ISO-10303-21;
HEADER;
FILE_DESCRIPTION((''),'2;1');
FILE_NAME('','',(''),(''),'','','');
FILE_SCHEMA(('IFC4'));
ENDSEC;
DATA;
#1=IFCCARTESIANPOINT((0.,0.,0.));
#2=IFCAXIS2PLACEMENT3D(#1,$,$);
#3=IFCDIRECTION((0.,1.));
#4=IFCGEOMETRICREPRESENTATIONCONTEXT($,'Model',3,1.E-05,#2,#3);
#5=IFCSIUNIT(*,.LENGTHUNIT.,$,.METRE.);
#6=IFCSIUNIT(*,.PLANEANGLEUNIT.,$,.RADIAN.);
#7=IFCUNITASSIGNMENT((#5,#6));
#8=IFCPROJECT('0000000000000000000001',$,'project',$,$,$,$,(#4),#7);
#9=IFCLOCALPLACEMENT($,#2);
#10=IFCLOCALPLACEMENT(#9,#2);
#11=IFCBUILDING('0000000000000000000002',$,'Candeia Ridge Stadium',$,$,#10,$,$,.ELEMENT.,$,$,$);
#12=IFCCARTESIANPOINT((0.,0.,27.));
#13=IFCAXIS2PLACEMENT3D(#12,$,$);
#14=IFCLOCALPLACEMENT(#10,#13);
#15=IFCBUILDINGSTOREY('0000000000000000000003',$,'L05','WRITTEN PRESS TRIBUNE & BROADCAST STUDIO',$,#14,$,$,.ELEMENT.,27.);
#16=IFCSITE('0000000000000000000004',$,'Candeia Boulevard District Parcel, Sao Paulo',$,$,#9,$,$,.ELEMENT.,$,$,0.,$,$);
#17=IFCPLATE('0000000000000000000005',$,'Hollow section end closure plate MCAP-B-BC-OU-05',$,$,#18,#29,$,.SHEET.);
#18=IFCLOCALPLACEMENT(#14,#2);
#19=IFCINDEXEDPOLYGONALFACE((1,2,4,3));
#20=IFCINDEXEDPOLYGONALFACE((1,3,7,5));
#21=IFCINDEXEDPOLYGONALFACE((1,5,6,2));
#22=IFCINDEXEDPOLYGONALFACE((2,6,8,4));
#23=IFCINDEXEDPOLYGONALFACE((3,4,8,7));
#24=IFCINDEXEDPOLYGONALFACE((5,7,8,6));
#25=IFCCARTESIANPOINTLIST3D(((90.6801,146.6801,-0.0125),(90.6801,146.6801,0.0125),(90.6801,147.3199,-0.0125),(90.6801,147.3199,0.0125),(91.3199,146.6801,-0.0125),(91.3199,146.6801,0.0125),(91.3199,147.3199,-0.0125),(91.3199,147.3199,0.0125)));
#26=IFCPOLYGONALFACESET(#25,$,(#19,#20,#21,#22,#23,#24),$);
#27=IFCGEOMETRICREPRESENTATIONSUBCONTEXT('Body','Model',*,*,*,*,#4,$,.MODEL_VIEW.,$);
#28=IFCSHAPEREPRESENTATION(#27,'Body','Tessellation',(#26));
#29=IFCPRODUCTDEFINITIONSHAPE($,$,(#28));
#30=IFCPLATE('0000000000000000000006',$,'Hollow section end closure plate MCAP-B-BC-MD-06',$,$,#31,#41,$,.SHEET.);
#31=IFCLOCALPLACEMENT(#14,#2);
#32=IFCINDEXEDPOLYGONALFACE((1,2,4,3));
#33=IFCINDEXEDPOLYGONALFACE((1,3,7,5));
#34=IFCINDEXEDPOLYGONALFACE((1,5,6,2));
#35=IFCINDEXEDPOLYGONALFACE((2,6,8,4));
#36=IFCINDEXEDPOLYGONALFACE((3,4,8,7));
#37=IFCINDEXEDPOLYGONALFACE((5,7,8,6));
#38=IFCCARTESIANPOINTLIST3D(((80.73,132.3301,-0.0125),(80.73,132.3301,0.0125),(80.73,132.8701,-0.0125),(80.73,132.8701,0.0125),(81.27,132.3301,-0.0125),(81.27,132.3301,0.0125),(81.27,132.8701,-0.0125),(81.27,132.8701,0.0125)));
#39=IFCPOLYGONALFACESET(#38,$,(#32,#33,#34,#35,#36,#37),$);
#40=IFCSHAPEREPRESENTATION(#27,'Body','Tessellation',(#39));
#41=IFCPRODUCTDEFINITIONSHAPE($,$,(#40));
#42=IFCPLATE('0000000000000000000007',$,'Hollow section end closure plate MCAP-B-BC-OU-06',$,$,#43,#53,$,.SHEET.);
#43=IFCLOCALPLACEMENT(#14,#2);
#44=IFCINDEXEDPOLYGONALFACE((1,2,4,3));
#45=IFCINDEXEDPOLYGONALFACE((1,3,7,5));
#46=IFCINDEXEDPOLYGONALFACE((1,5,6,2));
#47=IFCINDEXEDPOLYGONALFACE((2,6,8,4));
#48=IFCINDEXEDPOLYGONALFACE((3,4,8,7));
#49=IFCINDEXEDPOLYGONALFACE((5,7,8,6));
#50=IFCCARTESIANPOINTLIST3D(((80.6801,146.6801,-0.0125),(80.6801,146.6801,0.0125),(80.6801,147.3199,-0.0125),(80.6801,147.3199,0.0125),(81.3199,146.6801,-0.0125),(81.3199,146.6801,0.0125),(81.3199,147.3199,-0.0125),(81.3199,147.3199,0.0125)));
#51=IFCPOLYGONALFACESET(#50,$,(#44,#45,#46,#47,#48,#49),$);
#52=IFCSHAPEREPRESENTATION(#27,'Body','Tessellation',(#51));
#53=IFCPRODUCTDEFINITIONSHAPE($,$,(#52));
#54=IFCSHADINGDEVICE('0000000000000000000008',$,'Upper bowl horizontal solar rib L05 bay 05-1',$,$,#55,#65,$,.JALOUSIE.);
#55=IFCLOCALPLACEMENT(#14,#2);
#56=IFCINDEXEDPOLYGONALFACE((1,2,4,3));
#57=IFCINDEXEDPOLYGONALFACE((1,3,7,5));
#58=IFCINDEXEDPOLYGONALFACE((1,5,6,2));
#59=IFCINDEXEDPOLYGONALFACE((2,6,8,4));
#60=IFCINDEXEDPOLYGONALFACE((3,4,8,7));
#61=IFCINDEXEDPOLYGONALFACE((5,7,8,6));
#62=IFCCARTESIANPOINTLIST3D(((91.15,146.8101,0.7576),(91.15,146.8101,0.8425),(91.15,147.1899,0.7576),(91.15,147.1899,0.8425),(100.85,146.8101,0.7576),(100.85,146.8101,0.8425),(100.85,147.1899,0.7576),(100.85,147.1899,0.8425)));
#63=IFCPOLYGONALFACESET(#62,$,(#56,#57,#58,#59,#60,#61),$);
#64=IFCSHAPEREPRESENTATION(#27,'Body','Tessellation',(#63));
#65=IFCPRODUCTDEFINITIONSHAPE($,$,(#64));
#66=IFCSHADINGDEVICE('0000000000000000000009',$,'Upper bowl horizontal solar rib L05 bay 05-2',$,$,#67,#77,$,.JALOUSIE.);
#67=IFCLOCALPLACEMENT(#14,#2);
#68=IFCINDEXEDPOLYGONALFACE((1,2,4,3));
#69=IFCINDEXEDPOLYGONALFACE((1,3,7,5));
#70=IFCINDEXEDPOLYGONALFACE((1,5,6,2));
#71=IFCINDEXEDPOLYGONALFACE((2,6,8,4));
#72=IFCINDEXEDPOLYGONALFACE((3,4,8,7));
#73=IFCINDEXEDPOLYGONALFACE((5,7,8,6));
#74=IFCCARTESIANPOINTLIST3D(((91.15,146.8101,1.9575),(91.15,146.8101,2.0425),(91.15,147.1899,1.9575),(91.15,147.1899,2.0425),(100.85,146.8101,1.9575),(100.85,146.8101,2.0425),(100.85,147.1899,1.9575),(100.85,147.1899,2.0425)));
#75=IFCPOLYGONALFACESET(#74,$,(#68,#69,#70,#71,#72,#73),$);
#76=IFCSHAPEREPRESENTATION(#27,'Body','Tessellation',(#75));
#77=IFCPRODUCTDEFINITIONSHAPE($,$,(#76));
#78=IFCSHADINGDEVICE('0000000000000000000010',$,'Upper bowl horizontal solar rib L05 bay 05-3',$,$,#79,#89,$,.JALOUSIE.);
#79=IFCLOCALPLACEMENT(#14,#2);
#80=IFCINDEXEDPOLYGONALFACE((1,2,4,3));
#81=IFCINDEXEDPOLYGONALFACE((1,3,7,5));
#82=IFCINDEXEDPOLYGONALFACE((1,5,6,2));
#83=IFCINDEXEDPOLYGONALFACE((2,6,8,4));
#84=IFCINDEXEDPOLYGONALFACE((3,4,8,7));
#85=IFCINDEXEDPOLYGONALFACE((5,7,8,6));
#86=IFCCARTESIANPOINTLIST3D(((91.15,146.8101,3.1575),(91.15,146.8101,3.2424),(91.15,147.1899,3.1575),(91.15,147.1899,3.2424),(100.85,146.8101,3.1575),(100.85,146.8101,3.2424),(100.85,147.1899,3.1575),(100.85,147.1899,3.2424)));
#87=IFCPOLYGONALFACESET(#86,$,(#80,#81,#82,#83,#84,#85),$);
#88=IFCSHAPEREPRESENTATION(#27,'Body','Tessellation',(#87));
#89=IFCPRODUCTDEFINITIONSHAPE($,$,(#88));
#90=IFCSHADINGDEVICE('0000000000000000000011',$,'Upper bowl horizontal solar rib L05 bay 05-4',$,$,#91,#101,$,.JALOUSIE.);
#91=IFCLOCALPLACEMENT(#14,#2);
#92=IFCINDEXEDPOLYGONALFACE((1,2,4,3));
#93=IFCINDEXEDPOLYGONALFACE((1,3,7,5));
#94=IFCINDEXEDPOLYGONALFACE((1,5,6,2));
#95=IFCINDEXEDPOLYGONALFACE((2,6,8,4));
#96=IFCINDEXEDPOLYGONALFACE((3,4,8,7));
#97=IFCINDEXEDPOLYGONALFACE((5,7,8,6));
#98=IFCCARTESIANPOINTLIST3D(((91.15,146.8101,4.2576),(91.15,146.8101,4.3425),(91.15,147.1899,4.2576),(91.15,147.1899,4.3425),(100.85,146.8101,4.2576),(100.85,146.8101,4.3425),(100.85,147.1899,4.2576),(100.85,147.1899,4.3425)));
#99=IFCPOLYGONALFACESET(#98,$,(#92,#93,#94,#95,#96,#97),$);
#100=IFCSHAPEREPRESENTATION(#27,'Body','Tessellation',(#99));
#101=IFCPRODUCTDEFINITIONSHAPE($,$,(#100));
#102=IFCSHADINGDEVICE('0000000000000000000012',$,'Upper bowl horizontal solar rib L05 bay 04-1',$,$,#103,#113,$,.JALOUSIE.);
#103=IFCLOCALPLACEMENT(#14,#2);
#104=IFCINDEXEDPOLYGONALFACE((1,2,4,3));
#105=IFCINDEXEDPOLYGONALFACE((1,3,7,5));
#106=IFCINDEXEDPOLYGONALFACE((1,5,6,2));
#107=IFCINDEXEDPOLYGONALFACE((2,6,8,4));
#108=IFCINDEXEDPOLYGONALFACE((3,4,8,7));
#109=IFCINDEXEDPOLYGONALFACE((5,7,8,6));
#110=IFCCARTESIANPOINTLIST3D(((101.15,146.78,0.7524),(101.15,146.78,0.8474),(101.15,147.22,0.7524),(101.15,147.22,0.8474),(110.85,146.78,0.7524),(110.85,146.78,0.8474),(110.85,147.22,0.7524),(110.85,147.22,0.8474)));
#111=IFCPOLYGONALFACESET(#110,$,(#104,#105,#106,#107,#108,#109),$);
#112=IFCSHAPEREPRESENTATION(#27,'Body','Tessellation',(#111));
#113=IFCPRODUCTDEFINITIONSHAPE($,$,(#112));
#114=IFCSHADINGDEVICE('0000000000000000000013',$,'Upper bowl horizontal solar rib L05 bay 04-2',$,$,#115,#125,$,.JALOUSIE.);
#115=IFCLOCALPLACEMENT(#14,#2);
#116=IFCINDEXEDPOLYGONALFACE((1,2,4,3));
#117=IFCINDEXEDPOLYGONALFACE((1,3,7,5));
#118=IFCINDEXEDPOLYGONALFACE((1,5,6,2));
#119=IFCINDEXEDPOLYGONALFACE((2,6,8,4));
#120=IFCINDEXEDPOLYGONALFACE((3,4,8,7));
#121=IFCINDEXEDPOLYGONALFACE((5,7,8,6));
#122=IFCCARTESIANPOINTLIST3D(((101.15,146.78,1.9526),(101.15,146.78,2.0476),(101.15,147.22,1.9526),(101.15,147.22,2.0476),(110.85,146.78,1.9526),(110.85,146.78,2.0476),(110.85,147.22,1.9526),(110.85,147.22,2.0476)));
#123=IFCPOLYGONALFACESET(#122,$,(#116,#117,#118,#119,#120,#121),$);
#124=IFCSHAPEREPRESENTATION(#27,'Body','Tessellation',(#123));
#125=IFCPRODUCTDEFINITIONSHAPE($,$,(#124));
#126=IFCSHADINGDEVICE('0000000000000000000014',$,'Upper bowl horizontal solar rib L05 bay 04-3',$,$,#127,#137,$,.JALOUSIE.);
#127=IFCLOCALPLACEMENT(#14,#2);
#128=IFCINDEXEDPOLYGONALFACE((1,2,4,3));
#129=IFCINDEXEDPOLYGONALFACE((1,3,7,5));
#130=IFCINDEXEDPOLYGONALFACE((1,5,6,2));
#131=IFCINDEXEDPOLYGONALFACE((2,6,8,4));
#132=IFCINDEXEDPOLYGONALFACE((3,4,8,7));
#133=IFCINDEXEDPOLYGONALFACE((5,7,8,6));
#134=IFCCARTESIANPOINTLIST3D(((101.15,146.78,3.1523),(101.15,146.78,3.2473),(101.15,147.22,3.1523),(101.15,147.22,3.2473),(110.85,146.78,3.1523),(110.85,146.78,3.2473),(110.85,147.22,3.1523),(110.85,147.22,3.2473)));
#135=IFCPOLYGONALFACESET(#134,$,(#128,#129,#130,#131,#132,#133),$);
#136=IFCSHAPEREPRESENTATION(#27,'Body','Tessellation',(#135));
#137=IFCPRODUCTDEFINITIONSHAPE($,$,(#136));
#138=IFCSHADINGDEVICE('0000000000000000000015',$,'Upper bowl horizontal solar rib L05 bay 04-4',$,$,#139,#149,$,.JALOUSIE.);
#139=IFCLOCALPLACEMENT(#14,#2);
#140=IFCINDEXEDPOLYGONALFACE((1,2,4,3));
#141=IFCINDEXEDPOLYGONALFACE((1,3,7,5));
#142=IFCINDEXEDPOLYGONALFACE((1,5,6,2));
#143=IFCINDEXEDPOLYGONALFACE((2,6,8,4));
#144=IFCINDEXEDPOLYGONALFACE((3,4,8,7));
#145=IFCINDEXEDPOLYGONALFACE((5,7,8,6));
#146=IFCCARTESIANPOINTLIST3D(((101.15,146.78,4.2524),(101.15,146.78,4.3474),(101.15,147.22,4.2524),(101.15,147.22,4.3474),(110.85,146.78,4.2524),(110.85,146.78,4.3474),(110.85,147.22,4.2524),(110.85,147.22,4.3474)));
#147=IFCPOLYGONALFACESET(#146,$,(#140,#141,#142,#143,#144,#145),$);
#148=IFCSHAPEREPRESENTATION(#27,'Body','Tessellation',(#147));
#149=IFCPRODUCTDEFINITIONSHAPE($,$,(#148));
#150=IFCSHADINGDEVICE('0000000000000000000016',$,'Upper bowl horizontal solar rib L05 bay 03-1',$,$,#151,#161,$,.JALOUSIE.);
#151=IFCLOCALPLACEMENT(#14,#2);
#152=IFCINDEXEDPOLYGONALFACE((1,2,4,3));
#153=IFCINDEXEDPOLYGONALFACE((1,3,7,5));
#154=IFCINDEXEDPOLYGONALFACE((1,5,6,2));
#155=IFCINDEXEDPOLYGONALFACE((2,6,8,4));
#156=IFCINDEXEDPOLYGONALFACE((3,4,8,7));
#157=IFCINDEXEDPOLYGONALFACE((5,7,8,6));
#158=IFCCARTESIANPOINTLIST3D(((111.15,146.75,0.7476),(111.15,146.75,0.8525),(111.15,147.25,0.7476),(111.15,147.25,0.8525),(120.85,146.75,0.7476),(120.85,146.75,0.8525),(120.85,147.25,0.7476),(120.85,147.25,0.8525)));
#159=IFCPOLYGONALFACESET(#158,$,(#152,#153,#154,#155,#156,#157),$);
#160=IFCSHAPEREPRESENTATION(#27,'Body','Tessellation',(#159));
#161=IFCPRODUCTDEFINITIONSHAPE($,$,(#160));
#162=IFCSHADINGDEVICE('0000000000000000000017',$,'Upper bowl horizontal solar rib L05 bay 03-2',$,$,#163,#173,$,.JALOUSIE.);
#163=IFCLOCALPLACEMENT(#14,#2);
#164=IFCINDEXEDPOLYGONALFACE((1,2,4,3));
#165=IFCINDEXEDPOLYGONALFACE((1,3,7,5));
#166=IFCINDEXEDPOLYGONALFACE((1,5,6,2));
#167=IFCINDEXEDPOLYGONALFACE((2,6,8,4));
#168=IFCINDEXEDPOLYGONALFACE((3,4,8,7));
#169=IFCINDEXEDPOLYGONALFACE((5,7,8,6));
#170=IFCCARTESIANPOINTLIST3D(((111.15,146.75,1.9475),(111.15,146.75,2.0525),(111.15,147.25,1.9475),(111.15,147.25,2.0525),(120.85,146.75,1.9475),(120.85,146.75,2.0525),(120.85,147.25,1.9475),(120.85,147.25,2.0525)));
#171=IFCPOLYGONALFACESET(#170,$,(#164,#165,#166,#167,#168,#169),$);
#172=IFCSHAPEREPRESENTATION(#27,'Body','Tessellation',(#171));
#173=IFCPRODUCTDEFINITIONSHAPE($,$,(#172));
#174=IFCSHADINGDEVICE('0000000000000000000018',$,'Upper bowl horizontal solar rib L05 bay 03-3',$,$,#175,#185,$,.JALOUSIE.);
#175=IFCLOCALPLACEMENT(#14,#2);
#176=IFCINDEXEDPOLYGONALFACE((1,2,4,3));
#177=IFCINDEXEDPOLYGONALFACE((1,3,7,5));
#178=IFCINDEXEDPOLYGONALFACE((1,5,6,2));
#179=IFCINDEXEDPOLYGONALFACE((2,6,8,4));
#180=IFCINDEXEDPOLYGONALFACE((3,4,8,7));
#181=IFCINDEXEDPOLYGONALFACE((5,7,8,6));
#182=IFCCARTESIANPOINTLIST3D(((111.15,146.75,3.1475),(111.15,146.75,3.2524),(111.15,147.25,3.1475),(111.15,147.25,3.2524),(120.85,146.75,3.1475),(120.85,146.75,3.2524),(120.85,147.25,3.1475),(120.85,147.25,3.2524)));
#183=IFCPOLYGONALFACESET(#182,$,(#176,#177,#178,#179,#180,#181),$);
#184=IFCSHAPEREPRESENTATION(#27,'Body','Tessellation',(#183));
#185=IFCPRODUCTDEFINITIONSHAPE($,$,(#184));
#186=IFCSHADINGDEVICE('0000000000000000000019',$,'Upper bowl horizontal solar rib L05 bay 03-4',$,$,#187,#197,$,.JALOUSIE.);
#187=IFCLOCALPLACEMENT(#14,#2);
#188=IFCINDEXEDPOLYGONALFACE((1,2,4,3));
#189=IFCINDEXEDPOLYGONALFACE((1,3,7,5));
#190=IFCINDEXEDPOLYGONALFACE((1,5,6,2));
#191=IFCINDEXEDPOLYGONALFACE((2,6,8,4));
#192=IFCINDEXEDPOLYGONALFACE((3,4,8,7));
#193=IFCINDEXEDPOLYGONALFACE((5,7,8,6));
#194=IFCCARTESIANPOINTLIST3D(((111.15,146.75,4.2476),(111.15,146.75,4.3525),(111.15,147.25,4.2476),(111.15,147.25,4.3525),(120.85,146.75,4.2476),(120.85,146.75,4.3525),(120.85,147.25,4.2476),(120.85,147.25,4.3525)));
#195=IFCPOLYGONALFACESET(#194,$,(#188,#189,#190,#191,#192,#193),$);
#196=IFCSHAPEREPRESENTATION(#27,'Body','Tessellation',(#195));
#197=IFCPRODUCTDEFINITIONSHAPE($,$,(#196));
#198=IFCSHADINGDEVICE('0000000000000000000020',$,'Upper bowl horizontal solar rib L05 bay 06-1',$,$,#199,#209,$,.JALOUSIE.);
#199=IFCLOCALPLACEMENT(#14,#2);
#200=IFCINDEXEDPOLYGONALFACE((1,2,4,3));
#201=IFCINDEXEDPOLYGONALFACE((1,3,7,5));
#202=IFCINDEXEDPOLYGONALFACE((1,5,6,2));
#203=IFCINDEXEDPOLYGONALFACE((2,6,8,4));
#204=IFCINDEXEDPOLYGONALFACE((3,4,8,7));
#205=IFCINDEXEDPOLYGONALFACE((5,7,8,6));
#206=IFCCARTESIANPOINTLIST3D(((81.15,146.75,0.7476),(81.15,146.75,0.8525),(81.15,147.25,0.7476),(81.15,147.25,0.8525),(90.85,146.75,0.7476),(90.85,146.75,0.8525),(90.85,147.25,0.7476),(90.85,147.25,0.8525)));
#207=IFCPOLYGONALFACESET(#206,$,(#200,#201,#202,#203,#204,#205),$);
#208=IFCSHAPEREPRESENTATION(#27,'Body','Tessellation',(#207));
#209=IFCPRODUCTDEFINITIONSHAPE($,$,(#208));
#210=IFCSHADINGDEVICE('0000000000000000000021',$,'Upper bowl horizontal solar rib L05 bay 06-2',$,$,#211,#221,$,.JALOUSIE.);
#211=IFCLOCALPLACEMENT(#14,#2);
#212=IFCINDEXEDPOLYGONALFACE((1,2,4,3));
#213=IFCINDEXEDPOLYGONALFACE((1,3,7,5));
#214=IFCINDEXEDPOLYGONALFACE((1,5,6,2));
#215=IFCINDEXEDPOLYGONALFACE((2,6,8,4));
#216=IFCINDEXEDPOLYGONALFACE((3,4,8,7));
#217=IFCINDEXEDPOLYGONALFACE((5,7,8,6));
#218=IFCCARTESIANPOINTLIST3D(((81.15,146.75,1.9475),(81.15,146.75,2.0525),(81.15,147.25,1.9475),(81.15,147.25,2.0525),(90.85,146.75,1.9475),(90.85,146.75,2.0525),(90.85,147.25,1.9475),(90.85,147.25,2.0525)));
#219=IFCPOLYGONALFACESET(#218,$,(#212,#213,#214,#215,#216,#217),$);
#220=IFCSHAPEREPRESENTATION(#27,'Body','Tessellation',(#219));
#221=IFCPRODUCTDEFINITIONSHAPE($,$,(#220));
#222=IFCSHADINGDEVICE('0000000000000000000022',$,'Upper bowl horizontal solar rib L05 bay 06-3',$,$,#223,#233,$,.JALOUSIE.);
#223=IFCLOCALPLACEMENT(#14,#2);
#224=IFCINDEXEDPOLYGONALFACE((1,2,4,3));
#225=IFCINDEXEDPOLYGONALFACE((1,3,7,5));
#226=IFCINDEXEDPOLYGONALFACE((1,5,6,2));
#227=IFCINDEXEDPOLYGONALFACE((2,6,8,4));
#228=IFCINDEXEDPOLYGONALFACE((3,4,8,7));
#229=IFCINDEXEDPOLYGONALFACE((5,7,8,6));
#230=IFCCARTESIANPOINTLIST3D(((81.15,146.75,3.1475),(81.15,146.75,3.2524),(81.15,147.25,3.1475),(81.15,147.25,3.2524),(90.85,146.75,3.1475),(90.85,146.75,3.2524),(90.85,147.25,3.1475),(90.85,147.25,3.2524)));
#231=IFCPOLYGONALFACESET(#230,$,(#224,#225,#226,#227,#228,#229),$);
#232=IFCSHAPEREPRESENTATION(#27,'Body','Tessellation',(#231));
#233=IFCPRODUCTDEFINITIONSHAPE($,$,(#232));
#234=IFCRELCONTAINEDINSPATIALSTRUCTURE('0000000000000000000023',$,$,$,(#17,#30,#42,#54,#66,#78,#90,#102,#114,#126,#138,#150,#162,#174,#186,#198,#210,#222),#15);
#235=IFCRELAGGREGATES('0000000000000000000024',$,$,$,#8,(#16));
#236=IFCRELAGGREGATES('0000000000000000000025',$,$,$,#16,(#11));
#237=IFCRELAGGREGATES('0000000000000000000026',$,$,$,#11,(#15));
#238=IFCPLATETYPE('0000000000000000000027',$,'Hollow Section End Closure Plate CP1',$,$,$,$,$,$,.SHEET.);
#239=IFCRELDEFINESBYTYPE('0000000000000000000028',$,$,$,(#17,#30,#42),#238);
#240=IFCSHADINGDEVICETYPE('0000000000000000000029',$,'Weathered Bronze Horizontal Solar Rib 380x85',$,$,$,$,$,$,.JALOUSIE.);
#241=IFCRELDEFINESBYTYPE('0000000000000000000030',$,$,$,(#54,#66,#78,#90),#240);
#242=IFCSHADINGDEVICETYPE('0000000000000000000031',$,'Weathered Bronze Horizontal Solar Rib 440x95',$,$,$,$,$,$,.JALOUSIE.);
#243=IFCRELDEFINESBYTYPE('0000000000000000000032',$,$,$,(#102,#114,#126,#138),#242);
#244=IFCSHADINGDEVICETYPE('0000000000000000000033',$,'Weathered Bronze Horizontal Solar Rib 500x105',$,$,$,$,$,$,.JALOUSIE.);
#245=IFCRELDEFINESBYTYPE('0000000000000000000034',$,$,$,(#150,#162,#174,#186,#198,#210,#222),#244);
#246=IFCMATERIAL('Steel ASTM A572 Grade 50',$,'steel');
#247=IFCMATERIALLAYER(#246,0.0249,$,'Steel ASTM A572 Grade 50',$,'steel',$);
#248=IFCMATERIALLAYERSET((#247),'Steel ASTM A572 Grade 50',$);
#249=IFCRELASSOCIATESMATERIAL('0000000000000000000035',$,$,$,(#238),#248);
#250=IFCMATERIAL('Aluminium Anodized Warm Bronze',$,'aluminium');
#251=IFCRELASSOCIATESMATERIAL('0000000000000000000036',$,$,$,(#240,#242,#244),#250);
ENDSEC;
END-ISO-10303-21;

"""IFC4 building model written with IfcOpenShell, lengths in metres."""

from ifc_helpers import new_model, si_unit, direction, frame, origin, origin_2d, place, context, subcontext, project, spatial, rectangle, extrude, material, layer, layer_set, type_object, element, save


model = new_model("IFC4")

# Units and contexts
model_context = context("Model", 3, precision=1e-05, world=origin(), true_north=direction((0.0, 1.0)))
body_context = subcontext(model_context, "Body", "Model", "MODEL_VIEW")
ifc_project = project(units=[si_unit("LENGTHUNIT", "METRE"), si_unit("PLANEANGLEUNIT", "RADIAN")], contexts=[model_context])

# Site, building, storey
site_placement = place(None, origin())
site = spatial("IfcSite", under=ifc_project, at=site_placement, Name="Candeia Boulevard District Parcel, Sao Paulo", CompositionType="ELEMENT", RefElevation=0.0)
building_placement = place(site_placement, origin())
building = spatial("IfcBuilding", under=site, at=building_placement, Name="Candeia Ridge Stadium", CompositionType="ELEMENT")
storey_placement = place(building_placement, frame((0.0, 0.0, 27.0)))
storey = spatial("IfcBuildingStorey", under=building, at=storey_placement, Name="L05", Description="WRITTEN PRESS TRIBUNE & BROADCAST STUDIO", CompositionType="ELEMENT", Elevation=27.0)

# Shared definitions
ifc_material_1 = material(Name="Steel ASTM A572 Grade 50", Category="steel")

# Plates
ifc_layer = layer(ifc_material_1, 0.0249, Name="Steel ASTM A572 Grade 50", Category="steel")
ifc_layer_set = layer_set([ifc_layer], Name="Steel ASTM A572 Grade 50")
plate_type = type_object("IfcPlateType", Name="Hollow Section End Closure Plate CP1", PredefinedType="SHEET", material=ifc_layer_set)
plate_1_placement = place(storey_placement, frame((91.0, 147.0, -0.0125), z_axis=(0.0, 0.0, 1.0), x_axis=(1.0, 0.0, 0.0)))
element("IfcPlate", 1, at=plate_1_placement, inside=storey, type_object=plate_type, Name="Hollow section end closure plate MCAP-B-BC-OU-05", PredefinedType="SHEET", context=body_context, shape_type="SweptSolid", body=[
    extrude(rectangle(XDim=0.6399, YDim=0.6399, at=origin_2d()), origin(), (0.0, 0.0, 1.0), 0.0249),
])
plate_2_placement = place(storey_placement, frame((81.0, 132.6001, -0.0125), z_axis=(0.0, 0.0, 1.0), x_axis=(1.0, 0.0, 0.0)))
element("IfcPlate", 2, at=plate_2_placement, inside=storey, type_object=plate_type, Name="Hollow section end closure plate MCAP-B-BC-MD-06", PredefinedType="SHEET", context=body_context, shape_type="SweptSolid", body=[
    extrude(rectangle(XDim=0.54, YDim=0.54, at=origin_2d()), origin(), (0.0, 0.0, 1.0), 0.0249),
])
plate_3_placement = place(storey_placement, frame((81.0, 147.0, -0.0125), z_axis=(0.0, 0.0, 1.0), x_axis=(1.0, 0.0, 0.0)))
element("IfcPlate", 3, at=plate_3_placement, inside=storey, type_object=plate_type, Name="Hollow section end closure plate MCAP-B-BC-OU-06", PredefinedType="SHEET", context=body_context, shape_type="SweptSolid", body=[
    extrude(rectangle(XDim=0.6399, YDim=0.6399, at=origin_2d()), origin(), (0.0, 0.0, 1.0), 0.0249),
])

# Shading devices
ifc_material_2 = material(Name="Aluminium Anodized Warm Bronze", Category="aluminium")
shading_device_type_1 = type_object("IfcShadingDeviceType", Name="Weathered Bronze Horizontal Solar Rib 380x85", PredefinedType="JALOUSIE", material=ifc_material_2)
for number, where, z_axis, x_axis, name in (
    (4, (96.0, 147.0, 0.7576), (0.0, 0.0, 1.0), (-1.0, 0.0, 0.0), "Upper bowl horizontal solar rib L05 bay 05-1"),
    (5, (96.0, 147.0, 1.9575), (0.0, 0.0, 1.0), (-1.0, 0.0, 0.0), "Upper bowl horizontal solar rib L05 bay 05-2"),
    (6, (96.0, 147.0, 3.1575), (0.0, 0.0, 1.0), (-1.0, 0.0, 0.0), "Upper bowl horizontal solar rib L05 bay 05-3"),
    (7, (96.0, 147.0, 4.2576), (0.0, 0.0, 1.0), (-1.0, 0.0, 0.0), "Upper bowl horizontal solar rib L05 bay 05-4"),
):
    element("IfcShadingDevice", number, at=place(storey_placement, frame(where, z_axis=z_axis, x_axis=x_axis)), inside=storey, type_object=shading_device_type_1, Name=name, PredefinedType="JALOUSIE", context=body_context, shape_type="SweptSolid", body=[
        extrude(rectangle(XDim=9.7, YDim=0.3799, at=origin_2d()), origin(), (0.0, 0.0, 1.0), 0.085),
    ])
shading_device_type_2 = type_object("IfcShadingDeviceType", Name="Weathered Bronze Horizontal Solar Rib 440x95", PredefinedType="JALOUSIE", material=ifc_material_2)
for number, where, z_axis, x_axis, name in (
    (8, (106.0, 147.0, 0.7524), (0.0, 0.0, 1.0), (-1.0, 0.0, 0.0), "Upper bowl horizontal solar rib L05 bay 04-1"),
    (9, (106.0, 147.0, 1.9526), (0.0, 0.0, 1.0), (-1.0, 0.0, 0.0), "Upper bowl horizontal solar rib L05 bay 04-2"),
    (10, (106.0, 147.0, 3.1523), (0.0, 0.0, 1.0), (-1.0, 0.0, 0.0), "Upper bowl horizontal solar rib L05 bay 04-3"),
    (11, (106.0, 147.0, 4.2524), (0.0, 0.0, 1.0), (-1.0, 0.0, 0.0), "Upper bowl horizontal solar rib L05 bay 04-4"),
):
    element("IfcShadingDevice", number, at=place(storey_placement, frame(where, z_axis=z_axis, x_axis=x_axis)), inside=storey, type_object=shading_device_type_2, Name=name, PredefinedType="JALOUSIE", context=body_context, shape_type="SweptSolid", body=[
        extrude(rectangle(XDim=9.7, YDim=0.4399, at=origin_2d()), origin(), (0.0, 0.0, 1.0), 0.095),
    ])
shading_device_type_3 = type_object("IfcShadingDeviceType", Name="Weathered Bronze Horizontal Solar Rib 500x105", PredefinedType="JALOUSIE", material=ifc_material_2)
for number, where, z_axis, x_axis, name in (
    (12, (116.0, 147.0, 0.7476), (0.0, 0.0, 1.0), (-1.0, 0.0, 0.0), "Upper bowl horizontal solar rib L05 bay 03-1"),
    (13, (116.0, 147.0, 1.9475), (0.0, 0.0, 1.0), (-1.0, 0.0, 0.0), "Upper bowl horizontal solar rib L05 bay 03-2"),
    (14, (116.0, 147.0, 3.1475), (0.0, 0.0, 1.0), (-1.0, 0.0, 0.0), "Upper bowl horizontal solar rib L05 bay 03-3"),
    (15, (116.0, 147.0, 4.2476), (0.0, 0.0, 1.0), (-1.0, 0.0, 0.0), "Upper bowl horizontal solar rib L05 bay 03-4"),
    (16, (86.0, 147.0, 0.7476), (0.0, 0.0, 1.0), (-1.0, 0.0, 0.0), "Upper bowl horizontal solar rib L05 bay 06-1"),
    (17, (86.0, 147.0, 1.9475), (0.0, 0.0, 1.0), (-1.0, 0.0, 0.0), "Upper bowl horizontal solar rib L05 bay 06-2"),
    (18, (86.0, 147.0, 3.1475), (0.0, 0.0, 1.0), (-1.0, 0.0, 0.0), "Upper bowl horizontal solar rib L05 bay 06-3"),
):
    element("IfcShadingDevice", number, at=place(storey_placement, frame(where, z_axis=z_axis, x_axis=x_axis)), inside=storey, type_object=shading_device_type_3, Name=name, PredefinedType="JALOUSIE", context=body_context, shape_type="SweptSolid", body=[
        extrude(rectangle(XDim=9.7, YDim=0.5, at=origin_2d()), origin(), (0.0, 0.0, 1.0), 0.105),
    ])

save(model, "model.ifc")
